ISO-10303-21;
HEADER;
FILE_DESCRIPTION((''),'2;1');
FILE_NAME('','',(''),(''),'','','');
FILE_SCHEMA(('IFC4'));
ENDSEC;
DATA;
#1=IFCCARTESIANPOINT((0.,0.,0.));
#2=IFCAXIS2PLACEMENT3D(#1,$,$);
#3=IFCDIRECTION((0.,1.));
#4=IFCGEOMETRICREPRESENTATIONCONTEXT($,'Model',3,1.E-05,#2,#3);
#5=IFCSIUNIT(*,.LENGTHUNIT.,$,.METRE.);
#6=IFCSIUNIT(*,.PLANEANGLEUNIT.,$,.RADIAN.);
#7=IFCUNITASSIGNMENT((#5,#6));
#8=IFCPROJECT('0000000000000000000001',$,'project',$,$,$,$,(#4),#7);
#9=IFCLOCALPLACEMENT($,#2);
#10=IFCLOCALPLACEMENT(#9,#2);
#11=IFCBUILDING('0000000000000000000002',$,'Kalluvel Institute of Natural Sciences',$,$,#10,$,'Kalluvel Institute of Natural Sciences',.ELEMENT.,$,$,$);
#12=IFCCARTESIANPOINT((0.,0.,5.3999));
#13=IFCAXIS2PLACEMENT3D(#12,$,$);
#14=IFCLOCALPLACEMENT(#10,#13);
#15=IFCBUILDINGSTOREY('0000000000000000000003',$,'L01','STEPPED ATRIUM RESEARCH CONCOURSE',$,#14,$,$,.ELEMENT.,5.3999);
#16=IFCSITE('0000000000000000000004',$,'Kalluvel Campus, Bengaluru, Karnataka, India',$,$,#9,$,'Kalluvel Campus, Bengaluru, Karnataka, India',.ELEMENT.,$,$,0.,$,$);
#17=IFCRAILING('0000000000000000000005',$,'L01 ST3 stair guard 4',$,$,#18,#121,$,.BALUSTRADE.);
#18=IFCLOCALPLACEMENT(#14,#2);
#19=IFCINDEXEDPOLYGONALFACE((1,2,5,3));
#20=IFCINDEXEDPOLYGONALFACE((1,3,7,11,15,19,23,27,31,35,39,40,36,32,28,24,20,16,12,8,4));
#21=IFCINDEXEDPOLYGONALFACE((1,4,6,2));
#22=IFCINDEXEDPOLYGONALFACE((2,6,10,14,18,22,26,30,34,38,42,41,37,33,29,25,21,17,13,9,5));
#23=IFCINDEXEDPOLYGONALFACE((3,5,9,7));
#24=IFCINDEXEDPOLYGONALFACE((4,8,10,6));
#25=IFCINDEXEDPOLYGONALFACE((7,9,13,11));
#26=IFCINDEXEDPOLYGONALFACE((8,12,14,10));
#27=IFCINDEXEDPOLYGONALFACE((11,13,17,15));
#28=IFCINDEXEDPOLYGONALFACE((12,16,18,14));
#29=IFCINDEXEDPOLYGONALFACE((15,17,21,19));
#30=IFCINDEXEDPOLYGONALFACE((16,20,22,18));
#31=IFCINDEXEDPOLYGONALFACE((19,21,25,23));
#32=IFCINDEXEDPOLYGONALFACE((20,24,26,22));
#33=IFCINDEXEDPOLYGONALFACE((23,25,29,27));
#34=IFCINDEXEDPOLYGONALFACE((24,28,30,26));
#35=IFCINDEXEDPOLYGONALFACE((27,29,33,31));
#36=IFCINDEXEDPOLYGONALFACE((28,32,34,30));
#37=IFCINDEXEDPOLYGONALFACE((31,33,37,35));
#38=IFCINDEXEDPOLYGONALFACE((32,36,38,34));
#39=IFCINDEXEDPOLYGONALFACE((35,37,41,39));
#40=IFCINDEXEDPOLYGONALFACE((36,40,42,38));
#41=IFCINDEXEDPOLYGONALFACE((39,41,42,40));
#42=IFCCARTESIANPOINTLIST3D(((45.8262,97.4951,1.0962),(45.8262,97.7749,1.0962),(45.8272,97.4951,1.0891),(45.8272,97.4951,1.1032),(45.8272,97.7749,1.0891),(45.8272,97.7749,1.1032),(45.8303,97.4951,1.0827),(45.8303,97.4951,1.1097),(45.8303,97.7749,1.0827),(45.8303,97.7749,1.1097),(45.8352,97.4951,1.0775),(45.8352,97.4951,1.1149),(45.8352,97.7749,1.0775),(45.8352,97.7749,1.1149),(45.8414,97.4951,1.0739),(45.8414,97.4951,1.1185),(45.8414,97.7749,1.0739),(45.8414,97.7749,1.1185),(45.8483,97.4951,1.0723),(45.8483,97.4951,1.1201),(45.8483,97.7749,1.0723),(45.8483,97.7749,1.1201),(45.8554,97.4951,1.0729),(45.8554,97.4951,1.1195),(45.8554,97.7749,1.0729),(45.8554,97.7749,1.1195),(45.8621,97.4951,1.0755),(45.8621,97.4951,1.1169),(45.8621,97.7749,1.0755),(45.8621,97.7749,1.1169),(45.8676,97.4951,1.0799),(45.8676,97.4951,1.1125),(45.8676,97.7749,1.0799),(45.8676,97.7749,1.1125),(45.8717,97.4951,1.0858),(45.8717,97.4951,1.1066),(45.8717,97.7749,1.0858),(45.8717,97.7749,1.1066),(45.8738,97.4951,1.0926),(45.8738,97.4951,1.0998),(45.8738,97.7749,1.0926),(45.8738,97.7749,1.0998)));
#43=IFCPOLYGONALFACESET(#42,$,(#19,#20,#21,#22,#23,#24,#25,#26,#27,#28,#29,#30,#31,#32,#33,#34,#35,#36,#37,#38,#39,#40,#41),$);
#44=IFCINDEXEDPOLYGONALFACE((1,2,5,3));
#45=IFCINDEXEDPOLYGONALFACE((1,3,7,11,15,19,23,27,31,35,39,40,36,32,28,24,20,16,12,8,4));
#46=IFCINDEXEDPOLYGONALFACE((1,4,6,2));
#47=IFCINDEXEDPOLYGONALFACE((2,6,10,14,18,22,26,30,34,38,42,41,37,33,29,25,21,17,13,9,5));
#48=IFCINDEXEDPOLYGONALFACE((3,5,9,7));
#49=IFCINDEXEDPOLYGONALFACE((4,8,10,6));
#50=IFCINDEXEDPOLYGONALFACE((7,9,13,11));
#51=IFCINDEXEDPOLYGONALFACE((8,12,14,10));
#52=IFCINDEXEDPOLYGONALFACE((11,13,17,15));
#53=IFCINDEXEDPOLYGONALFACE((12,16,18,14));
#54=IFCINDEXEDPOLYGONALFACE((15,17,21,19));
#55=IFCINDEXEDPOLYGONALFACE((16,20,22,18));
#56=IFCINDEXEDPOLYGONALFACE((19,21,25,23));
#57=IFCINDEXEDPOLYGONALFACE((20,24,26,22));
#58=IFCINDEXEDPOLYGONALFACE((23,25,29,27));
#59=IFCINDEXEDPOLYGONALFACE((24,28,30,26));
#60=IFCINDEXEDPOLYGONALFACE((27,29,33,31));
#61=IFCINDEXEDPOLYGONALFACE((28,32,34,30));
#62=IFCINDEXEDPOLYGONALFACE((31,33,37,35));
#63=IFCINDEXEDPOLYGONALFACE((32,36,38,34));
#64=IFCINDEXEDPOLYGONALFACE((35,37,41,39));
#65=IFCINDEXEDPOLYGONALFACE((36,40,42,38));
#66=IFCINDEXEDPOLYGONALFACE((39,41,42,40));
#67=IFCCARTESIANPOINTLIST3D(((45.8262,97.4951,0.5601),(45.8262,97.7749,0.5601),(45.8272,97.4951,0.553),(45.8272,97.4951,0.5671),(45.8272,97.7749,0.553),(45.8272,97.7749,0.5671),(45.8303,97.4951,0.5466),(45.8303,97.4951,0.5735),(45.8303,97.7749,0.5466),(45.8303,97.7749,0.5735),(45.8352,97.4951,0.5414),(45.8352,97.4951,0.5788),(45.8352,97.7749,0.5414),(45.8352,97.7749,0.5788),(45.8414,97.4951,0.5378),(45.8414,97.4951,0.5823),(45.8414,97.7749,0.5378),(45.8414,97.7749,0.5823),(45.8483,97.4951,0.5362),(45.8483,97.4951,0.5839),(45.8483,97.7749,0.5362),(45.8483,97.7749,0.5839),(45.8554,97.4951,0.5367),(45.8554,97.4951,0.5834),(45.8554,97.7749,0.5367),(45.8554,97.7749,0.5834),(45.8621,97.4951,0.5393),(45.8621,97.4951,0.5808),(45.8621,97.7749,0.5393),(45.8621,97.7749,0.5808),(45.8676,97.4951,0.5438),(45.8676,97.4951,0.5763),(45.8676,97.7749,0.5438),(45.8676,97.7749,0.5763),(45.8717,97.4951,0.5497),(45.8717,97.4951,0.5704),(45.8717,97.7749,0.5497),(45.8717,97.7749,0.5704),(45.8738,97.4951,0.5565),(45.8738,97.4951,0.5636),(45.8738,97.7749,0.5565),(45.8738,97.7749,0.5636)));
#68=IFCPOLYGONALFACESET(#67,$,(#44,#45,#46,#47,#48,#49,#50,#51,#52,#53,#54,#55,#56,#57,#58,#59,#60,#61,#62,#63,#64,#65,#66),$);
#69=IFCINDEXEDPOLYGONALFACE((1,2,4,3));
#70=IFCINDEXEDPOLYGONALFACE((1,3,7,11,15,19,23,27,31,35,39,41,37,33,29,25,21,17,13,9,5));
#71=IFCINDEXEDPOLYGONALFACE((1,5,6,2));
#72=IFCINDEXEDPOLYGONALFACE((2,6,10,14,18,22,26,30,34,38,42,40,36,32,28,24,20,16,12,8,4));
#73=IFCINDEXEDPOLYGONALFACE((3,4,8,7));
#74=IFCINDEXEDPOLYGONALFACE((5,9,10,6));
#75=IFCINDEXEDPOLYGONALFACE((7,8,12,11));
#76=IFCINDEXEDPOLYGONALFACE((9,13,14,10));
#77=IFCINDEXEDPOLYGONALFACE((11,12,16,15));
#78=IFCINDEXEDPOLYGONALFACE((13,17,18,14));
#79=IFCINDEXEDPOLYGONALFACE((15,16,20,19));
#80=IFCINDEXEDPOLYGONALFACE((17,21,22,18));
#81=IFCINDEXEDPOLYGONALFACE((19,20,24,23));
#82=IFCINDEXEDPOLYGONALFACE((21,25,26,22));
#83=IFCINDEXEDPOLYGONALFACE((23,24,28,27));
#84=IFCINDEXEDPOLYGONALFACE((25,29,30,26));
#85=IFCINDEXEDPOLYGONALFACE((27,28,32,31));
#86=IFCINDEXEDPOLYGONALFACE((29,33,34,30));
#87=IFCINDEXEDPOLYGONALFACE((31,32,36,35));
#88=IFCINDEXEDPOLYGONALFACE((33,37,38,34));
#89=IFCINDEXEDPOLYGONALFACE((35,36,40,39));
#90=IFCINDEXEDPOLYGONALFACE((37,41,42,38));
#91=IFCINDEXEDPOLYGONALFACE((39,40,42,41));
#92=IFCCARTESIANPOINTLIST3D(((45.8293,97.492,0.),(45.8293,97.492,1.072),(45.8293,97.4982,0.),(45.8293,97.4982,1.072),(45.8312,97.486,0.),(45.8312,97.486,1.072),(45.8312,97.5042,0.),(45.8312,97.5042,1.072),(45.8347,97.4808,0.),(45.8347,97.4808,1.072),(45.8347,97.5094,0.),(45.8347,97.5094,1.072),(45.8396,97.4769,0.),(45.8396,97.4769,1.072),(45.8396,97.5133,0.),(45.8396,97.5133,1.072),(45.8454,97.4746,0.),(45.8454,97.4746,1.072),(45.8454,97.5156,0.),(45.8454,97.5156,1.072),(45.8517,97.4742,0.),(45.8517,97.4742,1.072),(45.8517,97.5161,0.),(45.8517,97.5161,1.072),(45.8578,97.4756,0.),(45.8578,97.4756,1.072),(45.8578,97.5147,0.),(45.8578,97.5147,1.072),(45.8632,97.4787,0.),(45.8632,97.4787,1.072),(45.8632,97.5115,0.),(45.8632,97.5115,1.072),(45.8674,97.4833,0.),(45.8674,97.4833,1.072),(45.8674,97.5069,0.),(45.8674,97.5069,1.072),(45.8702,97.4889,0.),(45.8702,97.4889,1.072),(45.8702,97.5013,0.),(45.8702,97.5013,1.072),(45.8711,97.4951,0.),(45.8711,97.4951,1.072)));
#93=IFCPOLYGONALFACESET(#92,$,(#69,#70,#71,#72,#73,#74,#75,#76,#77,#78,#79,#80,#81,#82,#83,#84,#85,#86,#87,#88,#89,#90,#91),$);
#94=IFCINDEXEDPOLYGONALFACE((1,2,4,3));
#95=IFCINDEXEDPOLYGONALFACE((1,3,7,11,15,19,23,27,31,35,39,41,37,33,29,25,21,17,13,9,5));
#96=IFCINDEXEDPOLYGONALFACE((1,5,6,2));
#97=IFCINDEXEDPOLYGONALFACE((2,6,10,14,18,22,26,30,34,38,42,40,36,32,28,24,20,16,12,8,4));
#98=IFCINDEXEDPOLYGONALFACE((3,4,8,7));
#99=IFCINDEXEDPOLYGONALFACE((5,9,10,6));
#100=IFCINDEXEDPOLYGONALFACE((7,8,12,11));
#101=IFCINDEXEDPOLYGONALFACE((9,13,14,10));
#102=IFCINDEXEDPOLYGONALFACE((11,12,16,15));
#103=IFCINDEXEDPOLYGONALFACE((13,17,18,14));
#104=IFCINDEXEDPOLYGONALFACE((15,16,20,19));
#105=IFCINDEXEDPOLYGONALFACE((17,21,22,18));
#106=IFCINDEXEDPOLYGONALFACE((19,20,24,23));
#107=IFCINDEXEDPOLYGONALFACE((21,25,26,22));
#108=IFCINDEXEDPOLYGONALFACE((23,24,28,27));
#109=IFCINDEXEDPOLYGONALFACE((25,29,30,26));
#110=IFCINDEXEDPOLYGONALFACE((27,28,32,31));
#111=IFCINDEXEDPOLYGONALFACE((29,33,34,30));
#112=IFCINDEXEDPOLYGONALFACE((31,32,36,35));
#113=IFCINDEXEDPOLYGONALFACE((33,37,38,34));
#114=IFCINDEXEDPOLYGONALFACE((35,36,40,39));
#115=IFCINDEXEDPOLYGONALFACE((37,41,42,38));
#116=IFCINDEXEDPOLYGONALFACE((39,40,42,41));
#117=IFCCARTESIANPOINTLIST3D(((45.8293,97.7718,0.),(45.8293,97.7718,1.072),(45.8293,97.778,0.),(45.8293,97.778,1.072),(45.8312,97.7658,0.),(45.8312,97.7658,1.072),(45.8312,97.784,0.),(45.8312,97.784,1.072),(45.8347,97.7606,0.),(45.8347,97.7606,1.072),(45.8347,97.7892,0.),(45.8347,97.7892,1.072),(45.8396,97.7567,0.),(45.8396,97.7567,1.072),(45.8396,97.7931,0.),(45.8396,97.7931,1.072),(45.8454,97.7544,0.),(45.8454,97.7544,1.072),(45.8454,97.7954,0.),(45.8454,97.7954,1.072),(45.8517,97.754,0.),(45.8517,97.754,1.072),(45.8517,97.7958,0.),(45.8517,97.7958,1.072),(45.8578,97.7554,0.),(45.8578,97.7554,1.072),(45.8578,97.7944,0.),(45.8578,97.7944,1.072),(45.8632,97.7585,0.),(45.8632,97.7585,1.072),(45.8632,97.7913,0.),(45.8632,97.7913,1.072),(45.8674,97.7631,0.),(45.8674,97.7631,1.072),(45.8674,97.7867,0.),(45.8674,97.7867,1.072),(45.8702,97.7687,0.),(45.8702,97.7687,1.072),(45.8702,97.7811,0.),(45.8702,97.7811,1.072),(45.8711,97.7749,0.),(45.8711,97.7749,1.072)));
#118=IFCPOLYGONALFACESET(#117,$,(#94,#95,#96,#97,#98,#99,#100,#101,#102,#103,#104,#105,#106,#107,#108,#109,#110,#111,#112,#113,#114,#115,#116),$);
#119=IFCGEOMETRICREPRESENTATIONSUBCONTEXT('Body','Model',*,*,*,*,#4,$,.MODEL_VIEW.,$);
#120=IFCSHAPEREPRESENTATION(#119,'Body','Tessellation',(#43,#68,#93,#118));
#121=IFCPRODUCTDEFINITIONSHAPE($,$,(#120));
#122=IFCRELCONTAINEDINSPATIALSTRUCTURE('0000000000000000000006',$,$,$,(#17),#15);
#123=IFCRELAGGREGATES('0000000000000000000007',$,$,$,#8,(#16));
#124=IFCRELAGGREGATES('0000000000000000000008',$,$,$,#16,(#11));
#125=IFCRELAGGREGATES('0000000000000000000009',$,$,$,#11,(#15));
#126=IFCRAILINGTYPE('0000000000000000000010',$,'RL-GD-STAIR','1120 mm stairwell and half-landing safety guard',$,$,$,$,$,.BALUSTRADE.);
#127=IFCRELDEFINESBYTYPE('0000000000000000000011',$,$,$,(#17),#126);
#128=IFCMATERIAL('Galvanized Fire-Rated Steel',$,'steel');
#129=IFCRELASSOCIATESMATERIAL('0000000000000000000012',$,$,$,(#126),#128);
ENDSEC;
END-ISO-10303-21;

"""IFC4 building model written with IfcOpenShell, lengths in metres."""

from ifc_helpers import new_model, si_unit, direction, frame, origin, origin_2d, place, context, subcontext, project, spatial, circle, extrude, material, type_object, element, save


model = new_model("IFC4")

# Units and contexts
model_context = context("Model", 3, precision=1e-05, world=origin(), true_north=direction((0.0, 1.0)))
body_context = subcontext(model_context, "Body", "Model", "MODEL_VIEW")
ifc_project = project(units=[si_unit("LENGTHUNIT", "METRE"), si_unit("PLANEANGLEUNIT", "RADIAN")], contexts=[model_context])

# Site, building, storey
site_placement = place(None, origin())
site = spatial("IfcSite", under=ifc_project, at=site_placement, Name="Kalluvel Campus, Bengaluru, Karnataka, India", LongName="Kalluvel Campus, Bengaluru, Karnataka, India", CompositionType="ELEMENT", RefElevation=0.0)
building_placement = place(site_placement, origin())
building = spatial("IfcBuilding", under=site, at=building_placement, Name="Kalluvel Institute of Natural Sciences", LongName="Kalluvel Institute of Natural Sciences", CompositionType="ELEMENT")
storey_placement = place(building_placement, frame((0.0, 0.0, 5.3999)))
storey = spatial("IfcBuildingStorey", under=building, at=storey_placement, Name="L01", Description="STEPPED ATRIUM RESEARCH CONCOURSE", CompositionType="ELEMENT", Elevation=5.3999)

# Shared definitions
ifc_material_1 = material(Name="Galvanized Fire-Rated Steel", Category="steel")

# Railing
railing_type_1 = type_object("IfcRailingType", Name="RL-GD-STAIR", Description="1120 mm stairwell and half-landing safety guard", PredefinedType="BALUSTRADE", material=ifc_material_1)
railing_1_placement = place(storey_placement, frame((45.8501, 97.4951, 0.0)))
element("IfcRailing", 1, at=railing_1_placement, inside=storey, type_object=railing_type_1, Name="L01 ST3 stair guard 4", PredefinedType="BALUSTRADE", context=body_context, shape_type="SweptSolid", body=[
    extrude(circle(Radius=0.0239, at=origin_2d()), frame((0.0, 0.0, 1.0962), z_axis=(0.0, 1.0, 0.0), x_axis=(-1.0, 0.0, 0.0)), (0.0, 0.0, 1.0), 0.2798),
    extrude(circle(Radius=0.0239, at=origin_2d()), frame((0.0, 0.0, 0.5601), z_axis=(0.0, 1.0, 0.0), x_axis=(-1.0, 0.0, 0.0)), (0.0, 0.0, 1.0), 0.2798),
    extrude(circle(Radius=0.021, at=origin_2d()), origin(), (0.0, 0.0, 1.0), 1.072),
    extrude(circle(Radius=0.021, at=origin_2d()), frame((0.0, 0.2798, 0.0)), (0.0, 0.0, 1.0), 1.072),
])

save(model, "model.ifc")
